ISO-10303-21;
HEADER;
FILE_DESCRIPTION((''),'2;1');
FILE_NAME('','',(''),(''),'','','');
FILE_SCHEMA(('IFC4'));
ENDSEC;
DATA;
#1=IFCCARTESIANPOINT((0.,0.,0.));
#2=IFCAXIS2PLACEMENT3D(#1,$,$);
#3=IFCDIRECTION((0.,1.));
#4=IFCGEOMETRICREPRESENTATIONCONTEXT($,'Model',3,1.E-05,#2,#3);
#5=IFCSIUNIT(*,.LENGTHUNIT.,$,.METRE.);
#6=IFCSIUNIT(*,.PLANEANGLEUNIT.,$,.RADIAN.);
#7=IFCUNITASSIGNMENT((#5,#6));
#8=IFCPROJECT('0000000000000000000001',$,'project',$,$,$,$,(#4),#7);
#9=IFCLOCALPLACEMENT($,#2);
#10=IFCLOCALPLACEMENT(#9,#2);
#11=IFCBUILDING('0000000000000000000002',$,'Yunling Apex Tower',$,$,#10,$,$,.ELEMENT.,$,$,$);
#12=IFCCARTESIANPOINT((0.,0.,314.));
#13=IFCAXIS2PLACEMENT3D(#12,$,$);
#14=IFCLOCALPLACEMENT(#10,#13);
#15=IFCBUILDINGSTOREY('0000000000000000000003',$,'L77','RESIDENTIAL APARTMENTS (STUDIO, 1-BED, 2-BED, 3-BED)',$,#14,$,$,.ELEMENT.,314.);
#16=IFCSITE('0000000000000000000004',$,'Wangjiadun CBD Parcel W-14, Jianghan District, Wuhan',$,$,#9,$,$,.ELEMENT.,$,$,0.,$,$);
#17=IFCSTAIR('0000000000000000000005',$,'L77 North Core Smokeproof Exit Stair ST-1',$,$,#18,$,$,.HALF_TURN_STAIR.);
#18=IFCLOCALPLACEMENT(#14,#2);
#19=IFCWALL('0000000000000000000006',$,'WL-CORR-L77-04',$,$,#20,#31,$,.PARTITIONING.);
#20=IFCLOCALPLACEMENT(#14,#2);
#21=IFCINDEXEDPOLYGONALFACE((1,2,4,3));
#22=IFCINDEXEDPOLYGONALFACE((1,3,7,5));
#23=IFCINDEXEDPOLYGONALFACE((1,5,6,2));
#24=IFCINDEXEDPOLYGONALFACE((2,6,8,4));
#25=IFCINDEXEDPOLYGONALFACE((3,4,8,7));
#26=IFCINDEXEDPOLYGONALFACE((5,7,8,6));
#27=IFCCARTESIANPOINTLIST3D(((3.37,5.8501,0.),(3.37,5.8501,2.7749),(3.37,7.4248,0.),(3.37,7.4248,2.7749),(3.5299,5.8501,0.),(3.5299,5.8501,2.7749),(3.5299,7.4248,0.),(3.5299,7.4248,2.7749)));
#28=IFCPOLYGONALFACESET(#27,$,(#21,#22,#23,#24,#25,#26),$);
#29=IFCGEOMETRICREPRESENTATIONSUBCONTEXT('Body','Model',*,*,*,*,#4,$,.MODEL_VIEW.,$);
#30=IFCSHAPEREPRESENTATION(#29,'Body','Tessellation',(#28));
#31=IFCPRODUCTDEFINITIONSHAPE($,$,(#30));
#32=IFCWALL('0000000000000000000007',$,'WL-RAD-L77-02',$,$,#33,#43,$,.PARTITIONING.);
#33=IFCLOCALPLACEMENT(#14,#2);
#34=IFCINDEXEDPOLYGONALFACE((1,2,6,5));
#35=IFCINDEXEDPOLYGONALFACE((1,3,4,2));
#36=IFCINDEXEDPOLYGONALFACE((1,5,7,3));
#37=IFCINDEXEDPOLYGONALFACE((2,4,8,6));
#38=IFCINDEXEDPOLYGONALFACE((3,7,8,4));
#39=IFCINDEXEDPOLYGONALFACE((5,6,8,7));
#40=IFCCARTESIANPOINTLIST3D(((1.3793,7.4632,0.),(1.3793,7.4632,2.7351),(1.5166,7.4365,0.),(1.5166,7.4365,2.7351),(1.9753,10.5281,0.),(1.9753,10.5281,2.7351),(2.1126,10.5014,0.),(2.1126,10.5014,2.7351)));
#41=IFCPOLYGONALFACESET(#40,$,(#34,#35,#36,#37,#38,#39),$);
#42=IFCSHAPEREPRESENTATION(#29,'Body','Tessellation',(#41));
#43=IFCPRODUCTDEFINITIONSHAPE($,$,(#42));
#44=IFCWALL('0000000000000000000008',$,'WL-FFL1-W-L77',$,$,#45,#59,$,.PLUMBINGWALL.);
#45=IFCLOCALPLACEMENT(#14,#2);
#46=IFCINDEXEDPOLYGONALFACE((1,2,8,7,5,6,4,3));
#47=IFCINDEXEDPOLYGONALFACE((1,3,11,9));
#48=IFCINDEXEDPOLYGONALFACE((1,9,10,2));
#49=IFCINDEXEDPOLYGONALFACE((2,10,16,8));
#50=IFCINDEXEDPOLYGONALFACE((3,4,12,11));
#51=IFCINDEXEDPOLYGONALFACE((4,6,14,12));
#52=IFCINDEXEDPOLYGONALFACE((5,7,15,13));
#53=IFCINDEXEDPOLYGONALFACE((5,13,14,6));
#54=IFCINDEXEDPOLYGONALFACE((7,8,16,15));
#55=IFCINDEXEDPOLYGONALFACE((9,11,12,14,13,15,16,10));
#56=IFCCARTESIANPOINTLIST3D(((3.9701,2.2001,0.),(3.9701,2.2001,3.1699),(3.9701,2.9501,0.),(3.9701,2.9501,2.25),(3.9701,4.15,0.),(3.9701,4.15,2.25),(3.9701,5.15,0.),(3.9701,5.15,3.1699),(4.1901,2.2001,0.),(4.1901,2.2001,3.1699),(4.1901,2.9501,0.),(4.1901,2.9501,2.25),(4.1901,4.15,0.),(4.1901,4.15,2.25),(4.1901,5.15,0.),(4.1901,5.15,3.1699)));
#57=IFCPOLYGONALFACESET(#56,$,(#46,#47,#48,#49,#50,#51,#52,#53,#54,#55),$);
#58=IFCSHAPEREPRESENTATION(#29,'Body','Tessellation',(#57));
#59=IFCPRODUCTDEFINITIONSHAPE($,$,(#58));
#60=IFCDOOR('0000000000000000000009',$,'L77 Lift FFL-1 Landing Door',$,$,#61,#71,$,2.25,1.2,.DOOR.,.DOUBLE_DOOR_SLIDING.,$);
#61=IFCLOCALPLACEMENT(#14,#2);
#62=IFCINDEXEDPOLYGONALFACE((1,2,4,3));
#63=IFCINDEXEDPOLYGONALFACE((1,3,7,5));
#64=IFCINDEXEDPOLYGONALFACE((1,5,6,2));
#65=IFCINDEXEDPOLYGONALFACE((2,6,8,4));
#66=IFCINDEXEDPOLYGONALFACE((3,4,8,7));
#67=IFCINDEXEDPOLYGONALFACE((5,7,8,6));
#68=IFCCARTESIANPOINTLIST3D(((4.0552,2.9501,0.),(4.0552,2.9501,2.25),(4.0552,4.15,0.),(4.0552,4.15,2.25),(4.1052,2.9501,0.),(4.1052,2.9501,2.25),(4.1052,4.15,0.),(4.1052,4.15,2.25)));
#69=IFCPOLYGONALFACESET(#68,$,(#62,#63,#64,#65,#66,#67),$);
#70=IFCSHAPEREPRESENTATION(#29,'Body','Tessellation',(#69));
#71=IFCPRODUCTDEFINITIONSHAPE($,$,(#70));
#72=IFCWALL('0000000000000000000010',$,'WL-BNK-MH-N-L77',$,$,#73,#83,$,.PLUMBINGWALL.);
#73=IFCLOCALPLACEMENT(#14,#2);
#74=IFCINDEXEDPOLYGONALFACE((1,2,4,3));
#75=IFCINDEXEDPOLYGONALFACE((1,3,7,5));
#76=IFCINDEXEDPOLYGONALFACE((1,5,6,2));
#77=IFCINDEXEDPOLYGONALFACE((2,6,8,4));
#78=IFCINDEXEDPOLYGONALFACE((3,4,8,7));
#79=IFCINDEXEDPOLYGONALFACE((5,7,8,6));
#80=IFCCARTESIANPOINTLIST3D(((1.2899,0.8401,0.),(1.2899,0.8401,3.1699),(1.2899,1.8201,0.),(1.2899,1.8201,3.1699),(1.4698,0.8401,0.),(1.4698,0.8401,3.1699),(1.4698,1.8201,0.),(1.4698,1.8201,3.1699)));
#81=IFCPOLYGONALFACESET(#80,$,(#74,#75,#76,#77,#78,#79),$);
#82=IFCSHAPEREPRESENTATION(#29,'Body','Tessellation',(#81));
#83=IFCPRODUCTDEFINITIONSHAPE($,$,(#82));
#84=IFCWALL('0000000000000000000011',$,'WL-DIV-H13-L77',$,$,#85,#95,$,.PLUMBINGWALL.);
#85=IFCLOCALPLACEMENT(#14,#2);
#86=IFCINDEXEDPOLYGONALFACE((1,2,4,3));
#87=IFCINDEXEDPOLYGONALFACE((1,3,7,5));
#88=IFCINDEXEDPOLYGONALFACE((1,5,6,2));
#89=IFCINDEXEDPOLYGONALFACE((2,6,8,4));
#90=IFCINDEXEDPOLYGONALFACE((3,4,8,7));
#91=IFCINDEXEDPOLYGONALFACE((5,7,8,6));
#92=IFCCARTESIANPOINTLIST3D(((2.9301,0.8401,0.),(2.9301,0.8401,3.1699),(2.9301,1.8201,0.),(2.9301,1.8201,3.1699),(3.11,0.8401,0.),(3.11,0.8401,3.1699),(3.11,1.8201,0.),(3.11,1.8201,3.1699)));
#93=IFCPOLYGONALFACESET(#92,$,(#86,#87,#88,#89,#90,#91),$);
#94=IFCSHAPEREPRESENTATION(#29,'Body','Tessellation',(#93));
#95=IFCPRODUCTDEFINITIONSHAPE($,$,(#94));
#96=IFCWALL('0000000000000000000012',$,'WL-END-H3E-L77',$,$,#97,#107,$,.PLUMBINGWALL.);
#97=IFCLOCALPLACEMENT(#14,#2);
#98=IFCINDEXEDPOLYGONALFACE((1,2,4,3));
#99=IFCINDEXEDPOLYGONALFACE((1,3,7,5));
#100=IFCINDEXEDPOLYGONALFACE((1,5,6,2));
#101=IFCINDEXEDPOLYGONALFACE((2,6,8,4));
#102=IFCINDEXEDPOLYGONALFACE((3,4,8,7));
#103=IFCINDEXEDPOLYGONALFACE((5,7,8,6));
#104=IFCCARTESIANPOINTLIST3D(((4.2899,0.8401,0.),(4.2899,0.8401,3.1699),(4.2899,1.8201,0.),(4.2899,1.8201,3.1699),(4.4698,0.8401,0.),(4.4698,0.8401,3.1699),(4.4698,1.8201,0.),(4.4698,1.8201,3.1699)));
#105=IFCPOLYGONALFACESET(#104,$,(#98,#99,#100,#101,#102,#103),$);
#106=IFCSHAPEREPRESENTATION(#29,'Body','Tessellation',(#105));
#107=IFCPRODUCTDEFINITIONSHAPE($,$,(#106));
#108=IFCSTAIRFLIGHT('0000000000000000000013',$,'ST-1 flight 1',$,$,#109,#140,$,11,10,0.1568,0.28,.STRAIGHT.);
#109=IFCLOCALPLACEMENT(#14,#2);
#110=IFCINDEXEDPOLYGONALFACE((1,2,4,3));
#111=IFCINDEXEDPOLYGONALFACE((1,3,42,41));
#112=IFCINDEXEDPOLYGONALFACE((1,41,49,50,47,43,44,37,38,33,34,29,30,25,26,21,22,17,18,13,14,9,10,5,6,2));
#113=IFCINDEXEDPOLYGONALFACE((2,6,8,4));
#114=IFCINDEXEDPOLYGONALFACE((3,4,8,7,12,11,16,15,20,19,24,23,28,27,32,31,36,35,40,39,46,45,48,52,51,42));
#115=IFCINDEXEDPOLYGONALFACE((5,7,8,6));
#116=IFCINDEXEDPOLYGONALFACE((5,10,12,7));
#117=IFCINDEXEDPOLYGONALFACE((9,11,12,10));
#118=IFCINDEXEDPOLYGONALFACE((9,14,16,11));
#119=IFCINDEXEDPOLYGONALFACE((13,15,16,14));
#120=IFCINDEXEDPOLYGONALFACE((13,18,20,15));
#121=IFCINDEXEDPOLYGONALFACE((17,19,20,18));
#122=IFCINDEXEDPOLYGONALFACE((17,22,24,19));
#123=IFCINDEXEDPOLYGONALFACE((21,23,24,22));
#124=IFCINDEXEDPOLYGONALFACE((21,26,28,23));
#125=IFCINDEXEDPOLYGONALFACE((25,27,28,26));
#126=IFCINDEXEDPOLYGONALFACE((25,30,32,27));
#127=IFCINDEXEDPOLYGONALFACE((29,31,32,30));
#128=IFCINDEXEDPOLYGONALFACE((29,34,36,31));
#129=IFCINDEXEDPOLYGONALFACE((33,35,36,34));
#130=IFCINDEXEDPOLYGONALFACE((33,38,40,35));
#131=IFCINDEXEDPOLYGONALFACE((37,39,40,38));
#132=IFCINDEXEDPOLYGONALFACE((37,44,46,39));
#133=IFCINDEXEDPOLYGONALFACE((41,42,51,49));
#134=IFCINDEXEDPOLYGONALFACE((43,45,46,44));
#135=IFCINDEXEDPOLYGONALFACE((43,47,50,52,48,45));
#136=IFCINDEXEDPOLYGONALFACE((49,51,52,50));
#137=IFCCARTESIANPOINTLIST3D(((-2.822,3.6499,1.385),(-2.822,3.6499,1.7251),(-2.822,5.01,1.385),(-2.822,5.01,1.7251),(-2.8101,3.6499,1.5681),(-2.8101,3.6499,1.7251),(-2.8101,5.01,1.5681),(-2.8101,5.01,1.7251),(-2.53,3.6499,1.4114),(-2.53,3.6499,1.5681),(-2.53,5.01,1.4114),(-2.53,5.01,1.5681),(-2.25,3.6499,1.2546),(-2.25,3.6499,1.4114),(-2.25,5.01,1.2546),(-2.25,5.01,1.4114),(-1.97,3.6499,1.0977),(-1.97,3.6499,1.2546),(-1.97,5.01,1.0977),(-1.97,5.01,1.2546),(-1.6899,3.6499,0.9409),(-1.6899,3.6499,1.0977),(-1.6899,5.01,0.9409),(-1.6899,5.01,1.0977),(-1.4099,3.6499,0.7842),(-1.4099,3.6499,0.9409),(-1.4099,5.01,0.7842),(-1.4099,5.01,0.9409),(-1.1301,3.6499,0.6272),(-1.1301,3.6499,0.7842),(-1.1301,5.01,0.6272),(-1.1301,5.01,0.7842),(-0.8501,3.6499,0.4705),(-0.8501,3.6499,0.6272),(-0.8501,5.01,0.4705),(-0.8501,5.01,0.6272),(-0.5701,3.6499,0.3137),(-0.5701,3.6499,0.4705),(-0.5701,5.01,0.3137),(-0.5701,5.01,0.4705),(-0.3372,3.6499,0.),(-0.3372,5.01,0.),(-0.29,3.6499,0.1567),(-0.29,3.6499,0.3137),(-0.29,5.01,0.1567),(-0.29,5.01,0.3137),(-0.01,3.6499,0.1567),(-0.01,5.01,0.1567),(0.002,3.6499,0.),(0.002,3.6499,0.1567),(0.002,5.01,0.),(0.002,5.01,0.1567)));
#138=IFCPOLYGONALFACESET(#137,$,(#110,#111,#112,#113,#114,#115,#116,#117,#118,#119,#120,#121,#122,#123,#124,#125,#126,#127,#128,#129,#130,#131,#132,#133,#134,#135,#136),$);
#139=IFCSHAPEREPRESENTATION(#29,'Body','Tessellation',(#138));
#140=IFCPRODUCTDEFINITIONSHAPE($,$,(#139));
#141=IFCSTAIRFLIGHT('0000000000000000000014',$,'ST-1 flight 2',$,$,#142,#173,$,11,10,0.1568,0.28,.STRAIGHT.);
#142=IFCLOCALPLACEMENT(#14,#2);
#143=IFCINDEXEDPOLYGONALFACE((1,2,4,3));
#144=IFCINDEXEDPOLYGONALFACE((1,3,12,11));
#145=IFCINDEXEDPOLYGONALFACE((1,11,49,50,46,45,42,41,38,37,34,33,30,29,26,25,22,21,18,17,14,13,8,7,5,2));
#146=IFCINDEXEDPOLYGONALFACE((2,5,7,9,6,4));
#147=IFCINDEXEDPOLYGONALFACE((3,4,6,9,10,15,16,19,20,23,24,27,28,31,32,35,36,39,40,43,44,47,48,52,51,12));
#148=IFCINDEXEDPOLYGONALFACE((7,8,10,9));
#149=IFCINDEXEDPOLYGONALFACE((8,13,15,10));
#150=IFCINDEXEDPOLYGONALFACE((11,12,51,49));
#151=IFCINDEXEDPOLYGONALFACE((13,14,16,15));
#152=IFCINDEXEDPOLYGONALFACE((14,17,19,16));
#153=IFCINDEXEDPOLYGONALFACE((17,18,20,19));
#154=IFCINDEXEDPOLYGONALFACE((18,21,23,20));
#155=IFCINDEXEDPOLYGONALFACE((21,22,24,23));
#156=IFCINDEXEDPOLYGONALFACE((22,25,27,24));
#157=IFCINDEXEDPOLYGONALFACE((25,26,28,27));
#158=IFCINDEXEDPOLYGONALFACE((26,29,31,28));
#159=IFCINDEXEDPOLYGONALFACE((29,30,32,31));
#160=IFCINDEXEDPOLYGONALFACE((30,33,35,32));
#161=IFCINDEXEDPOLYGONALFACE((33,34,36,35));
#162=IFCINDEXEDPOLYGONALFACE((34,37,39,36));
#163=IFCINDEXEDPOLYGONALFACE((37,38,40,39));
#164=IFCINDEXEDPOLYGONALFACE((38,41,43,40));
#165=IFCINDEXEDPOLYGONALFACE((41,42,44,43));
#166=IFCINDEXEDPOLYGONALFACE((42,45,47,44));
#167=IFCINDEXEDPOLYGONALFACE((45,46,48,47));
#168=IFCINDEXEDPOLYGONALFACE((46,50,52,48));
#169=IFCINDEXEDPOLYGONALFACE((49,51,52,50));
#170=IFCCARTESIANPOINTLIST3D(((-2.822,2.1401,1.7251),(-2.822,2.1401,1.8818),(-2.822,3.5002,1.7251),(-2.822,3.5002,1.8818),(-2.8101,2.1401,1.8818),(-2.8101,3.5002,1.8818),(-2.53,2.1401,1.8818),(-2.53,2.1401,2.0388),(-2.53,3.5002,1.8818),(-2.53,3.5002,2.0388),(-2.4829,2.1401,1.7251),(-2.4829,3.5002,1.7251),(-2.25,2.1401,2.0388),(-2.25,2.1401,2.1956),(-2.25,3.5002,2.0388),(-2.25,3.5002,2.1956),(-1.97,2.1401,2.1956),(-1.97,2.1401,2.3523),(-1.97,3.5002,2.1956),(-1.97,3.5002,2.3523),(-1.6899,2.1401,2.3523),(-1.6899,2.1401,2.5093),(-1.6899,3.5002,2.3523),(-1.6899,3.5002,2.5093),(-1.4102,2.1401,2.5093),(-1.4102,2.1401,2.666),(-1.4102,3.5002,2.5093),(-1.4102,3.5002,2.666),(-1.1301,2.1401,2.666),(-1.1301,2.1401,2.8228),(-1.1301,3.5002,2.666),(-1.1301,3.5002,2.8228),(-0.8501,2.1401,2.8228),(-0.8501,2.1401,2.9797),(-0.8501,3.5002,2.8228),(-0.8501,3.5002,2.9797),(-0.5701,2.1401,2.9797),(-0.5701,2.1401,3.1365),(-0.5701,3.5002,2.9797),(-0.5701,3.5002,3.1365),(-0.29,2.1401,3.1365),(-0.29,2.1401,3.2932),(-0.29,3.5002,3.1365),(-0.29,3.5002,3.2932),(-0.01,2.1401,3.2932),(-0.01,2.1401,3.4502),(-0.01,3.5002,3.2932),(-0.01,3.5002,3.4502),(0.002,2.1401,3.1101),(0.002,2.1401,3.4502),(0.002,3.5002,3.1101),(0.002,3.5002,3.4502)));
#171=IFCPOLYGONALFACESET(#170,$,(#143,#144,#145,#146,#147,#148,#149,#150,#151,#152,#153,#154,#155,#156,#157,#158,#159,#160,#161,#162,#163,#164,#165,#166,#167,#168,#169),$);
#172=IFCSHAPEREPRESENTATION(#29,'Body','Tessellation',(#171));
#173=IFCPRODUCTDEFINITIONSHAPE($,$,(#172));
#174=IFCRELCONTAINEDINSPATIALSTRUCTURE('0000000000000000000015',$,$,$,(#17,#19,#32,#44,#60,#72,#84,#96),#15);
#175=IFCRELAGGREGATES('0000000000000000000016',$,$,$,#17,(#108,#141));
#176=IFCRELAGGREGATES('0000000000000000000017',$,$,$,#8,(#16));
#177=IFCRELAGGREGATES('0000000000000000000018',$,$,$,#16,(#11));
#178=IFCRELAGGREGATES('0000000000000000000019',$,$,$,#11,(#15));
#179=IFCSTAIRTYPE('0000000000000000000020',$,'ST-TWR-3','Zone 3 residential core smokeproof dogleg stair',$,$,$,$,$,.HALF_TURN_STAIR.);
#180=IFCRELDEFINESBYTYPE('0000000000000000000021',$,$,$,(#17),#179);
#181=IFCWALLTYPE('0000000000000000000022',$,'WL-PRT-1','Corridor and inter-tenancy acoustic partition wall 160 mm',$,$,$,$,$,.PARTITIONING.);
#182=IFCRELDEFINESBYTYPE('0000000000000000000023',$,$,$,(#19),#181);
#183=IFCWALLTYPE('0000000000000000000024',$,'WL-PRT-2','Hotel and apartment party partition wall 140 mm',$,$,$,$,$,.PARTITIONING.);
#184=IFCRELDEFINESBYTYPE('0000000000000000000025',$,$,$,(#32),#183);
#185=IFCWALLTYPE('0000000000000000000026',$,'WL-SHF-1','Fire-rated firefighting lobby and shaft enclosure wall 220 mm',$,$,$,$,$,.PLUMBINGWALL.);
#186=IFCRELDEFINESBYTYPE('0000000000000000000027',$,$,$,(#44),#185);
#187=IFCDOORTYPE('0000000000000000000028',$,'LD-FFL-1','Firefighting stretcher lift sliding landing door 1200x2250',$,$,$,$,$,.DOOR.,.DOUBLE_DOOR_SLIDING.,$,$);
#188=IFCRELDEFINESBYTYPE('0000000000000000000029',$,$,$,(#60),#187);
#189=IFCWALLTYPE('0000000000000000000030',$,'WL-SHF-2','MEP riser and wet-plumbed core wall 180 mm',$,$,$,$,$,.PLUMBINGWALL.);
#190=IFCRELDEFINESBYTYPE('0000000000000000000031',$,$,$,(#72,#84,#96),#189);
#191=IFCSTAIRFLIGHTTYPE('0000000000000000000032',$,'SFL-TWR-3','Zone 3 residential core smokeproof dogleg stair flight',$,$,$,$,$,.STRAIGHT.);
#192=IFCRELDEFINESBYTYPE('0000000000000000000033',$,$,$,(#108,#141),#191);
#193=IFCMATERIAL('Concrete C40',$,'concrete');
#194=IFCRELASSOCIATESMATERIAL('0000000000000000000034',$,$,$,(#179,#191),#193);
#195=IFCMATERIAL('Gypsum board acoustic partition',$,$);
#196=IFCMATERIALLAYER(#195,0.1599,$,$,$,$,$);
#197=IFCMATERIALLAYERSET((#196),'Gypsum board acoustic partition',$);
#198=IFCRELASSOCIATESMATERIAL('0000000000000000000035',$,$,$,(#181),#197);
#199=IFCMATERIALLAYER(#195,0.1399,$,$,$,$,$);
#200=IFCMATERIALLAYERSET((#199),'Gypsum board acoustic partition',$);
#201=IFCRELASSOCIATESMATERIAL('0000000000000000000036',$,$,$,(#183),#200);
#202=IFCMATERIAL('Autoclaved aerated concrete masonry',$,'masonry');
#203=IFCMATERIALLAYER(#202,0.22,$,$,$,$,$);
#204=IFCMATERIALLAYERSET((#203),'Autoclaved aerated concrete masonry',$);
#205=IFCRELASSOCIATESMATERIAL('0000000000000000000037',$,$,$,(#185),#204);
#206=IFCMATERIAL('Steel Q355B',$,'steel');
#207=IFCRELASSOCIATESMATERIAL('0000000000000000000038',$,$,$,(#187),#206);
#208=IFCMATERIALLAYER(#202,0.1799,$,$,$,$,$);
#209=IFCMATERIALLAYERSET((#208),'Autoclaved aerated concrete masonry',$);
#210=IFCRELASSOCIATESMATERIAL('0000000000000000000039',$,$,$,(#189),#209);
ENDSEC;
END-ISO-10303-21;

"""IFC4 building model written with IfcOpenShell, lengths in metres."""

from ifc_helpers import new_model, si_unit, direction, frame, frame_2d, origin, place, context, subcontext, project, spatial, polyline, rectangle, outline, extrude, material, layer, layer_set, type_object, element, fill, aggregate, save


model = new_model("IFC4")

# Units and contexts
model_context = context("Model", 3, precision=1e-05, world=origin(), true_north=direction((0.0, 1.0)))
body_context = subcontext(model_context, "Body", "Model", "MODEL_VIEW")
ifc_project = project(units=[si_unit("LENGTHUNIT", "METRE"), si_unit("PLANEANGLEUNIT", "RADIAN")], contexts=[model_context])

# Site, building, storey
site_placement = place(None, origin())
site = spatial("IfcSite", under=ifc_project, at=site_placement, Name="Wangjiadun CBD Parcel W-14, Jianghan District, Wuhan", CompositionType="ELEMENT", RefElevation=0.0)
building_placement = place(site_placement, origin())
building = spatial("IfcBuilding", under=site, at=building_placement, Name="Yunling Apex Tower", CompositionType="ELEMENT")
storey_placement = place(building_placement, frame((0.0, 0.0, 314.0)))
storey = spatial("IfcBuildingStorey", under=building, at=storey_placement, Name="L77", Description="RESIDENTIAL APARTMENTS (STUDIO, 1-BED, 2-BED, 3-BED)", CompositionType="ELEMENT", Elevation=314.0)

# Shared definitions
ifc_material_1 = material(Name="Steel Q355B", Category="steel")

# Shared definitions
ifc_material_2 = material(Name="Concrete C40", Category="concrete")

# Stair
stair_type = type_object("IfcStairType", Name="ST-TWR-3", Description="Zone 3 residential core smokeproof dogleg stair", PredefinedType="HALF_TURN_STAIR", material=ifc_material_2)
stair_1_placement = place(storey_placement, origin())
stair_1 = element("IfcStair", 1, at=stair_1_placement, inside=storey, type_object=stair_type, Name="L77 North Core Smokeproof Exit Stair ST-1", PredefinedType="HALF_TURN_STAIR")

# Walls
ifc_material_3 = material(Name="Gypsum board acoustic partition")
ifc_layer_1 = layer(ifc_material_3, 0.1599)
ifc_layer_set_1 = layer_set([ifc_layer_1], Name="Gypsum board acoustic partition")
wall_type_1 = type_object("IfcWallType", Name="WL-PRT-1", Description="Corridor and inter-tenancy acoustic partition wall 160 mm", PredefinedType="PARTITIONING", material=ifc_layer_set_1)
wall_1_placement = place(storey_placement, frame((3.45, 7.4248, 0.0), z_axis=(0.0, 0.0, 1.0), x_axis=(0.0, -1.0, 0.0)))
element("IfcWall", 2, at=wall_1_placement, inside=storey, type_object=wall_type_1, Name="WL-CORR-L77-04", PredefinedType="PARTITIONING", context=body_context, shape_type="SweptSolid", body=[
    extrude(rectangle(XDim=1.5747, YDim=0.1599, at=frame_2d((0.7874, 0.0))), origin(), (0.0, 0.0, 1.0), 2.7749),
])
ifc_layer_2 = layer(ifc_material_3, 0.1399)
ifc_layer_set_2 = layer_set([ifc_layer_2], Name="Gypsum board acoustic partition")
wall_type_2 = type_object("IfcWallType", Name="WL-PRT-2", Description="Hotel and apartment party partition wall 140 mm", PredefinedType="PARTITIONING", material=ifc_layer_set_2)
wall_2_placement = place(storey_placement, frame((1.448, 7.45, 0.0), z_axis=(0.0, 0.0, 1.0), x_axis=(0.190865, 0.981616, 0.0)))
element("IfcWall", 3, at=wall_2_placement, inside=storey, type_object=wall_type_2, Name="WL-RAD-L77-02", PredefinedType="PARTITIONING", context=body_context, shape_type="SweptSolid", body=[
    extrude(rectangle(XDim=3.1223, YDim=0.1399, at=frame_2d((1.561, 0.0))), origin(), (0.0, 0.0, 1.0), 2.7351),
])

# Wall, opening, door
ifc_material_4 = material(Name="Autoclaved aerated concrete masonry", Category="masonry")
ifc_layer_3 = layer(ifc_material_4, 0.22)
ifc_layer_set_3 = layer_set([ifc_layer_3], Name="Autoclaved aerated concrete masonry")
wall_type_3 = type_object("IfcWallType", Name="WL-SHF-1", Description="Fire-rated firefighting lobby and shaft enclosure wall 220 mm", PredefinedType="PLUMBINGWALL", material=ifc_layer_set_3)
wall_3_placement = place(storey_placement, frame((4.0801, 2.2, 0.0), z_axis=(0.0, 0.0, 1.0), x_axis=(0.0, 1.0, 0.0)))
wall_3 = element("IfcWall", 4, at=wall_3_placement, inside=storey, type_object=wall_type_3, Name="WL-FFL1-W-L77", PredefinedType="PLUMBINGWALL", context=body_context, shape_type="SweptSolid", body=[
    extrude(rectangle(XDim=2.95, YDim=0.22, at=frame_2d((1.4751, 0.0))), origin(), (0.0, 0.0, 1.0), 3.1699),
])
opening_1_placement = place(wall_3_placement, frame((0.75, 0.0, 0.0)))
opening_1 = element("IfcOpeningElement", 5, at=opening_1_placement, cuts=wall_3, PredefinedType="OPENING", context=body_context, shape_type="SweptSolid", body=[
    extrude(rectangle(XDim=1.2, YDim=2.25, at=frame_2d((0.6001, 1.125))), frame((0.0, 0.1201, 0.0), z_axis=(0.0, -1.0, 0.0), x_axis=(1.0, 0.0, 0.0)), (0.0, 0.0, 1.0), 0.24),
])
door_type_1 = type_object("IfcDoorType", Name="LD-FFL-1", Description="Firefighting stretcher lift sliding landing door 1200x2250", OperationType="DOUBLE_DOOR_SLIDING", PredefinedType="DOOR", material=ifc_material_1)
door_1_placement = place(opening_1_placement, origin())
door_1 = element("IfcDoor", 6, at=door_1_placement, inside=storey, type_object=door_type_1, Name="L77 Lift FFL-1 Landing Door", OperationType="DOUBLE_DOOR_SLIDING", OverallHeight=2.25, OverallWidth=1.2, PredefinedType="DOOR", context=body_context, shape_type="SweptSolid", body=[
    extrude(rectangle(XDim=1.2, YDim=2.25, at=frame_2d((0.6001, 1.125))), frame((0.0, 0.0249, 0.0), z_axis=(0.0, -1.0, 0.0), x_axis=(1.0, 0.0, 0.0)), (0.0, 0.0, 1.0), 0.05),
])
fill(opening_1, door_1)

# Walls
ifc_layer_4 = layer(ifc_material_4, 0.1799)
ifc_layer_set_4 = layer_set([ifc_layer_4], Name="Autoclaved aerated concrete masonry")
wall_type_4 = type_object("IfcWallType", Name="WL-SHF-2", Description="MEP riser and wet-plumbed core wall 180 mm", PredefinedType="PLUMBINGWALL", material=ifc_layer_set_4)
for number, where, z_axis, x_axis, name in (
    (7, (1.3799, 0.8401, 0.0), (0.0, 0.0, 1.0), (0.0, 1.0, 0.0), "WL-BNK-MH-N-L77"),
    (8, (3.02, 0.8401, 0.0), (0.0, 0.0, 1.0), (0.0, 1.0, 0.0), "WL-DIV-H13-L77"),
    (9, (4.3799, 0.8401, 0.0), (0.0, 0.0, 1.0), (0.0, 1.0, 0.0), "WL-END-H3E-L77"),
):
    element("IfcWall", number, at=place(storey_placement, frame(where, z_axis=z_axis, x_axis=x_axis)), inside=storey, type_object=wall_type_4, Name=name, PredefinedType="PLUMBINGWALL", context=body_context, shape_type="SweptSolid", body=[
        extrude(rectangle(XDim=0.98, YDim=0.1799, at=frame_2d((0.49, 0.0))), origin(), (0.0, 0.0, 1.0), 3.1699),
    ])

# Stair flights
stair_flight_type = type_object("IfcStairFlightType", Name="SFL-TWR-3", Description="Zone 3 residential core smokeproof dogleg stair flight", PredefinedType="STRAIGHT", material=ifc_material_2)
stair_flight_1_placement = place(storey_placement, frame((-0.01, 4.3301, 0.0), z_axis=(0.0, 0.0, 1.0), x_axis=(-1.0, 0.0, 0.0)))
stair_flight_1 = element("IfcStairFlight", 10, at=stair_flight_1_placement, type_object=stair_flight_type, Name="ST-1 flight 1", NumberOfRisers=11, NumberOfTreads=10, PredefinedType="STRAIGHT", RiserHeight=0.1568, TreadLength=0.28, context=body_context, shape_type="SweptSolid", body=[
    extrude(outline(polyline([(-0.012, 0.0), (-0.012, 0.1567), (0.0, 0.1567), (0.28, 0.1567), (0.28, 0.3137), (0.5601, 0.3137), (0.5601, 0.4705), (0.8401, 0.4705), (0.8401, 0.6272), (1.1201, 0.6272), (1.1201, 0.7842), (1.3999, 0.7842), (1.3999, 0.9409), (1.6799, 0.9409), (1.6799, 1.0977), (1.96, 1.0977), (1.96, 1.2546), (2.24, 1.2546), (2.24, 1.4114), (2.52, 1.4114), (2.52, 1.5681), (2.8, 1.5681), (2.8, 1.7251), (2.812, 1.7251), (2.812, 1.385), (0.3271, 0.0), (-0.012, 0.0)])), frame((0.0, 0.6802, 0.0), z_axis=(0.0, -1.0, 0.0), x_axis=(1.0, 0.0, 0.0)), (0.0, 0.0, 1.0), 1.3601),
])
stair_flight_2_placement = place(storey_placement, frame((-2.8101, 2.8201, 1.7251), z_axis=(0.0, 0.0, 1.0), x_axis=(1.0, 0.0, 0.0)))
stair_flight_2 = element("IfcStairFlight", 11, at=stair_flight_2_placement, type_object=stair_flight_type, Name="ST-1 flight 2", NumberOfRisers=11, NumberOfTreads=10, PredefinedType="STRAIGHT", RiserHeight=0.1568, TreadLength=0.28, context=body_context, shape_type="SweptSolid", body=[
    extrude(outline(polyline([(-0.012, 0.0), (-0.012, 0.1567), (0.0, 0.1567), (0.28, 0.1567), (0.28, 0.3137), (0.5601, 0.3137), (0.5601, 0.4705), (0.8401, 0.4705), (0.8401, 0.6272), (1.1201, 0.6272), (1.1201, 0.7842), (1.3999, 0.7842), (1.3999, 0.9409), (1.6799, 0.9409), (1.6799, 1.0977), (1.96, 1.0977), (1.96, 1.2546), (2.24, 1.2546), (2.24, 1.4114), (2.52, 1.4114), (2.52, 1.5681), (2.8, 1.5681), (2.8, 1.7251), (2.812, 1.7251), (2.812, 1.385), (0.3271, 0.0), (-0.012, 0.0)])), frame((0.0, 0.6802, 0.0), z_axis=(0.0, -1.0, 0.0), x_axis=(1.0, 0.0, 0.0)), (0.0, 0.0, 1.0), 1.3601),
])
aggregate(stair_1, [stair_flight_1, stair_flight_2])

save(model, "model.ifc")
